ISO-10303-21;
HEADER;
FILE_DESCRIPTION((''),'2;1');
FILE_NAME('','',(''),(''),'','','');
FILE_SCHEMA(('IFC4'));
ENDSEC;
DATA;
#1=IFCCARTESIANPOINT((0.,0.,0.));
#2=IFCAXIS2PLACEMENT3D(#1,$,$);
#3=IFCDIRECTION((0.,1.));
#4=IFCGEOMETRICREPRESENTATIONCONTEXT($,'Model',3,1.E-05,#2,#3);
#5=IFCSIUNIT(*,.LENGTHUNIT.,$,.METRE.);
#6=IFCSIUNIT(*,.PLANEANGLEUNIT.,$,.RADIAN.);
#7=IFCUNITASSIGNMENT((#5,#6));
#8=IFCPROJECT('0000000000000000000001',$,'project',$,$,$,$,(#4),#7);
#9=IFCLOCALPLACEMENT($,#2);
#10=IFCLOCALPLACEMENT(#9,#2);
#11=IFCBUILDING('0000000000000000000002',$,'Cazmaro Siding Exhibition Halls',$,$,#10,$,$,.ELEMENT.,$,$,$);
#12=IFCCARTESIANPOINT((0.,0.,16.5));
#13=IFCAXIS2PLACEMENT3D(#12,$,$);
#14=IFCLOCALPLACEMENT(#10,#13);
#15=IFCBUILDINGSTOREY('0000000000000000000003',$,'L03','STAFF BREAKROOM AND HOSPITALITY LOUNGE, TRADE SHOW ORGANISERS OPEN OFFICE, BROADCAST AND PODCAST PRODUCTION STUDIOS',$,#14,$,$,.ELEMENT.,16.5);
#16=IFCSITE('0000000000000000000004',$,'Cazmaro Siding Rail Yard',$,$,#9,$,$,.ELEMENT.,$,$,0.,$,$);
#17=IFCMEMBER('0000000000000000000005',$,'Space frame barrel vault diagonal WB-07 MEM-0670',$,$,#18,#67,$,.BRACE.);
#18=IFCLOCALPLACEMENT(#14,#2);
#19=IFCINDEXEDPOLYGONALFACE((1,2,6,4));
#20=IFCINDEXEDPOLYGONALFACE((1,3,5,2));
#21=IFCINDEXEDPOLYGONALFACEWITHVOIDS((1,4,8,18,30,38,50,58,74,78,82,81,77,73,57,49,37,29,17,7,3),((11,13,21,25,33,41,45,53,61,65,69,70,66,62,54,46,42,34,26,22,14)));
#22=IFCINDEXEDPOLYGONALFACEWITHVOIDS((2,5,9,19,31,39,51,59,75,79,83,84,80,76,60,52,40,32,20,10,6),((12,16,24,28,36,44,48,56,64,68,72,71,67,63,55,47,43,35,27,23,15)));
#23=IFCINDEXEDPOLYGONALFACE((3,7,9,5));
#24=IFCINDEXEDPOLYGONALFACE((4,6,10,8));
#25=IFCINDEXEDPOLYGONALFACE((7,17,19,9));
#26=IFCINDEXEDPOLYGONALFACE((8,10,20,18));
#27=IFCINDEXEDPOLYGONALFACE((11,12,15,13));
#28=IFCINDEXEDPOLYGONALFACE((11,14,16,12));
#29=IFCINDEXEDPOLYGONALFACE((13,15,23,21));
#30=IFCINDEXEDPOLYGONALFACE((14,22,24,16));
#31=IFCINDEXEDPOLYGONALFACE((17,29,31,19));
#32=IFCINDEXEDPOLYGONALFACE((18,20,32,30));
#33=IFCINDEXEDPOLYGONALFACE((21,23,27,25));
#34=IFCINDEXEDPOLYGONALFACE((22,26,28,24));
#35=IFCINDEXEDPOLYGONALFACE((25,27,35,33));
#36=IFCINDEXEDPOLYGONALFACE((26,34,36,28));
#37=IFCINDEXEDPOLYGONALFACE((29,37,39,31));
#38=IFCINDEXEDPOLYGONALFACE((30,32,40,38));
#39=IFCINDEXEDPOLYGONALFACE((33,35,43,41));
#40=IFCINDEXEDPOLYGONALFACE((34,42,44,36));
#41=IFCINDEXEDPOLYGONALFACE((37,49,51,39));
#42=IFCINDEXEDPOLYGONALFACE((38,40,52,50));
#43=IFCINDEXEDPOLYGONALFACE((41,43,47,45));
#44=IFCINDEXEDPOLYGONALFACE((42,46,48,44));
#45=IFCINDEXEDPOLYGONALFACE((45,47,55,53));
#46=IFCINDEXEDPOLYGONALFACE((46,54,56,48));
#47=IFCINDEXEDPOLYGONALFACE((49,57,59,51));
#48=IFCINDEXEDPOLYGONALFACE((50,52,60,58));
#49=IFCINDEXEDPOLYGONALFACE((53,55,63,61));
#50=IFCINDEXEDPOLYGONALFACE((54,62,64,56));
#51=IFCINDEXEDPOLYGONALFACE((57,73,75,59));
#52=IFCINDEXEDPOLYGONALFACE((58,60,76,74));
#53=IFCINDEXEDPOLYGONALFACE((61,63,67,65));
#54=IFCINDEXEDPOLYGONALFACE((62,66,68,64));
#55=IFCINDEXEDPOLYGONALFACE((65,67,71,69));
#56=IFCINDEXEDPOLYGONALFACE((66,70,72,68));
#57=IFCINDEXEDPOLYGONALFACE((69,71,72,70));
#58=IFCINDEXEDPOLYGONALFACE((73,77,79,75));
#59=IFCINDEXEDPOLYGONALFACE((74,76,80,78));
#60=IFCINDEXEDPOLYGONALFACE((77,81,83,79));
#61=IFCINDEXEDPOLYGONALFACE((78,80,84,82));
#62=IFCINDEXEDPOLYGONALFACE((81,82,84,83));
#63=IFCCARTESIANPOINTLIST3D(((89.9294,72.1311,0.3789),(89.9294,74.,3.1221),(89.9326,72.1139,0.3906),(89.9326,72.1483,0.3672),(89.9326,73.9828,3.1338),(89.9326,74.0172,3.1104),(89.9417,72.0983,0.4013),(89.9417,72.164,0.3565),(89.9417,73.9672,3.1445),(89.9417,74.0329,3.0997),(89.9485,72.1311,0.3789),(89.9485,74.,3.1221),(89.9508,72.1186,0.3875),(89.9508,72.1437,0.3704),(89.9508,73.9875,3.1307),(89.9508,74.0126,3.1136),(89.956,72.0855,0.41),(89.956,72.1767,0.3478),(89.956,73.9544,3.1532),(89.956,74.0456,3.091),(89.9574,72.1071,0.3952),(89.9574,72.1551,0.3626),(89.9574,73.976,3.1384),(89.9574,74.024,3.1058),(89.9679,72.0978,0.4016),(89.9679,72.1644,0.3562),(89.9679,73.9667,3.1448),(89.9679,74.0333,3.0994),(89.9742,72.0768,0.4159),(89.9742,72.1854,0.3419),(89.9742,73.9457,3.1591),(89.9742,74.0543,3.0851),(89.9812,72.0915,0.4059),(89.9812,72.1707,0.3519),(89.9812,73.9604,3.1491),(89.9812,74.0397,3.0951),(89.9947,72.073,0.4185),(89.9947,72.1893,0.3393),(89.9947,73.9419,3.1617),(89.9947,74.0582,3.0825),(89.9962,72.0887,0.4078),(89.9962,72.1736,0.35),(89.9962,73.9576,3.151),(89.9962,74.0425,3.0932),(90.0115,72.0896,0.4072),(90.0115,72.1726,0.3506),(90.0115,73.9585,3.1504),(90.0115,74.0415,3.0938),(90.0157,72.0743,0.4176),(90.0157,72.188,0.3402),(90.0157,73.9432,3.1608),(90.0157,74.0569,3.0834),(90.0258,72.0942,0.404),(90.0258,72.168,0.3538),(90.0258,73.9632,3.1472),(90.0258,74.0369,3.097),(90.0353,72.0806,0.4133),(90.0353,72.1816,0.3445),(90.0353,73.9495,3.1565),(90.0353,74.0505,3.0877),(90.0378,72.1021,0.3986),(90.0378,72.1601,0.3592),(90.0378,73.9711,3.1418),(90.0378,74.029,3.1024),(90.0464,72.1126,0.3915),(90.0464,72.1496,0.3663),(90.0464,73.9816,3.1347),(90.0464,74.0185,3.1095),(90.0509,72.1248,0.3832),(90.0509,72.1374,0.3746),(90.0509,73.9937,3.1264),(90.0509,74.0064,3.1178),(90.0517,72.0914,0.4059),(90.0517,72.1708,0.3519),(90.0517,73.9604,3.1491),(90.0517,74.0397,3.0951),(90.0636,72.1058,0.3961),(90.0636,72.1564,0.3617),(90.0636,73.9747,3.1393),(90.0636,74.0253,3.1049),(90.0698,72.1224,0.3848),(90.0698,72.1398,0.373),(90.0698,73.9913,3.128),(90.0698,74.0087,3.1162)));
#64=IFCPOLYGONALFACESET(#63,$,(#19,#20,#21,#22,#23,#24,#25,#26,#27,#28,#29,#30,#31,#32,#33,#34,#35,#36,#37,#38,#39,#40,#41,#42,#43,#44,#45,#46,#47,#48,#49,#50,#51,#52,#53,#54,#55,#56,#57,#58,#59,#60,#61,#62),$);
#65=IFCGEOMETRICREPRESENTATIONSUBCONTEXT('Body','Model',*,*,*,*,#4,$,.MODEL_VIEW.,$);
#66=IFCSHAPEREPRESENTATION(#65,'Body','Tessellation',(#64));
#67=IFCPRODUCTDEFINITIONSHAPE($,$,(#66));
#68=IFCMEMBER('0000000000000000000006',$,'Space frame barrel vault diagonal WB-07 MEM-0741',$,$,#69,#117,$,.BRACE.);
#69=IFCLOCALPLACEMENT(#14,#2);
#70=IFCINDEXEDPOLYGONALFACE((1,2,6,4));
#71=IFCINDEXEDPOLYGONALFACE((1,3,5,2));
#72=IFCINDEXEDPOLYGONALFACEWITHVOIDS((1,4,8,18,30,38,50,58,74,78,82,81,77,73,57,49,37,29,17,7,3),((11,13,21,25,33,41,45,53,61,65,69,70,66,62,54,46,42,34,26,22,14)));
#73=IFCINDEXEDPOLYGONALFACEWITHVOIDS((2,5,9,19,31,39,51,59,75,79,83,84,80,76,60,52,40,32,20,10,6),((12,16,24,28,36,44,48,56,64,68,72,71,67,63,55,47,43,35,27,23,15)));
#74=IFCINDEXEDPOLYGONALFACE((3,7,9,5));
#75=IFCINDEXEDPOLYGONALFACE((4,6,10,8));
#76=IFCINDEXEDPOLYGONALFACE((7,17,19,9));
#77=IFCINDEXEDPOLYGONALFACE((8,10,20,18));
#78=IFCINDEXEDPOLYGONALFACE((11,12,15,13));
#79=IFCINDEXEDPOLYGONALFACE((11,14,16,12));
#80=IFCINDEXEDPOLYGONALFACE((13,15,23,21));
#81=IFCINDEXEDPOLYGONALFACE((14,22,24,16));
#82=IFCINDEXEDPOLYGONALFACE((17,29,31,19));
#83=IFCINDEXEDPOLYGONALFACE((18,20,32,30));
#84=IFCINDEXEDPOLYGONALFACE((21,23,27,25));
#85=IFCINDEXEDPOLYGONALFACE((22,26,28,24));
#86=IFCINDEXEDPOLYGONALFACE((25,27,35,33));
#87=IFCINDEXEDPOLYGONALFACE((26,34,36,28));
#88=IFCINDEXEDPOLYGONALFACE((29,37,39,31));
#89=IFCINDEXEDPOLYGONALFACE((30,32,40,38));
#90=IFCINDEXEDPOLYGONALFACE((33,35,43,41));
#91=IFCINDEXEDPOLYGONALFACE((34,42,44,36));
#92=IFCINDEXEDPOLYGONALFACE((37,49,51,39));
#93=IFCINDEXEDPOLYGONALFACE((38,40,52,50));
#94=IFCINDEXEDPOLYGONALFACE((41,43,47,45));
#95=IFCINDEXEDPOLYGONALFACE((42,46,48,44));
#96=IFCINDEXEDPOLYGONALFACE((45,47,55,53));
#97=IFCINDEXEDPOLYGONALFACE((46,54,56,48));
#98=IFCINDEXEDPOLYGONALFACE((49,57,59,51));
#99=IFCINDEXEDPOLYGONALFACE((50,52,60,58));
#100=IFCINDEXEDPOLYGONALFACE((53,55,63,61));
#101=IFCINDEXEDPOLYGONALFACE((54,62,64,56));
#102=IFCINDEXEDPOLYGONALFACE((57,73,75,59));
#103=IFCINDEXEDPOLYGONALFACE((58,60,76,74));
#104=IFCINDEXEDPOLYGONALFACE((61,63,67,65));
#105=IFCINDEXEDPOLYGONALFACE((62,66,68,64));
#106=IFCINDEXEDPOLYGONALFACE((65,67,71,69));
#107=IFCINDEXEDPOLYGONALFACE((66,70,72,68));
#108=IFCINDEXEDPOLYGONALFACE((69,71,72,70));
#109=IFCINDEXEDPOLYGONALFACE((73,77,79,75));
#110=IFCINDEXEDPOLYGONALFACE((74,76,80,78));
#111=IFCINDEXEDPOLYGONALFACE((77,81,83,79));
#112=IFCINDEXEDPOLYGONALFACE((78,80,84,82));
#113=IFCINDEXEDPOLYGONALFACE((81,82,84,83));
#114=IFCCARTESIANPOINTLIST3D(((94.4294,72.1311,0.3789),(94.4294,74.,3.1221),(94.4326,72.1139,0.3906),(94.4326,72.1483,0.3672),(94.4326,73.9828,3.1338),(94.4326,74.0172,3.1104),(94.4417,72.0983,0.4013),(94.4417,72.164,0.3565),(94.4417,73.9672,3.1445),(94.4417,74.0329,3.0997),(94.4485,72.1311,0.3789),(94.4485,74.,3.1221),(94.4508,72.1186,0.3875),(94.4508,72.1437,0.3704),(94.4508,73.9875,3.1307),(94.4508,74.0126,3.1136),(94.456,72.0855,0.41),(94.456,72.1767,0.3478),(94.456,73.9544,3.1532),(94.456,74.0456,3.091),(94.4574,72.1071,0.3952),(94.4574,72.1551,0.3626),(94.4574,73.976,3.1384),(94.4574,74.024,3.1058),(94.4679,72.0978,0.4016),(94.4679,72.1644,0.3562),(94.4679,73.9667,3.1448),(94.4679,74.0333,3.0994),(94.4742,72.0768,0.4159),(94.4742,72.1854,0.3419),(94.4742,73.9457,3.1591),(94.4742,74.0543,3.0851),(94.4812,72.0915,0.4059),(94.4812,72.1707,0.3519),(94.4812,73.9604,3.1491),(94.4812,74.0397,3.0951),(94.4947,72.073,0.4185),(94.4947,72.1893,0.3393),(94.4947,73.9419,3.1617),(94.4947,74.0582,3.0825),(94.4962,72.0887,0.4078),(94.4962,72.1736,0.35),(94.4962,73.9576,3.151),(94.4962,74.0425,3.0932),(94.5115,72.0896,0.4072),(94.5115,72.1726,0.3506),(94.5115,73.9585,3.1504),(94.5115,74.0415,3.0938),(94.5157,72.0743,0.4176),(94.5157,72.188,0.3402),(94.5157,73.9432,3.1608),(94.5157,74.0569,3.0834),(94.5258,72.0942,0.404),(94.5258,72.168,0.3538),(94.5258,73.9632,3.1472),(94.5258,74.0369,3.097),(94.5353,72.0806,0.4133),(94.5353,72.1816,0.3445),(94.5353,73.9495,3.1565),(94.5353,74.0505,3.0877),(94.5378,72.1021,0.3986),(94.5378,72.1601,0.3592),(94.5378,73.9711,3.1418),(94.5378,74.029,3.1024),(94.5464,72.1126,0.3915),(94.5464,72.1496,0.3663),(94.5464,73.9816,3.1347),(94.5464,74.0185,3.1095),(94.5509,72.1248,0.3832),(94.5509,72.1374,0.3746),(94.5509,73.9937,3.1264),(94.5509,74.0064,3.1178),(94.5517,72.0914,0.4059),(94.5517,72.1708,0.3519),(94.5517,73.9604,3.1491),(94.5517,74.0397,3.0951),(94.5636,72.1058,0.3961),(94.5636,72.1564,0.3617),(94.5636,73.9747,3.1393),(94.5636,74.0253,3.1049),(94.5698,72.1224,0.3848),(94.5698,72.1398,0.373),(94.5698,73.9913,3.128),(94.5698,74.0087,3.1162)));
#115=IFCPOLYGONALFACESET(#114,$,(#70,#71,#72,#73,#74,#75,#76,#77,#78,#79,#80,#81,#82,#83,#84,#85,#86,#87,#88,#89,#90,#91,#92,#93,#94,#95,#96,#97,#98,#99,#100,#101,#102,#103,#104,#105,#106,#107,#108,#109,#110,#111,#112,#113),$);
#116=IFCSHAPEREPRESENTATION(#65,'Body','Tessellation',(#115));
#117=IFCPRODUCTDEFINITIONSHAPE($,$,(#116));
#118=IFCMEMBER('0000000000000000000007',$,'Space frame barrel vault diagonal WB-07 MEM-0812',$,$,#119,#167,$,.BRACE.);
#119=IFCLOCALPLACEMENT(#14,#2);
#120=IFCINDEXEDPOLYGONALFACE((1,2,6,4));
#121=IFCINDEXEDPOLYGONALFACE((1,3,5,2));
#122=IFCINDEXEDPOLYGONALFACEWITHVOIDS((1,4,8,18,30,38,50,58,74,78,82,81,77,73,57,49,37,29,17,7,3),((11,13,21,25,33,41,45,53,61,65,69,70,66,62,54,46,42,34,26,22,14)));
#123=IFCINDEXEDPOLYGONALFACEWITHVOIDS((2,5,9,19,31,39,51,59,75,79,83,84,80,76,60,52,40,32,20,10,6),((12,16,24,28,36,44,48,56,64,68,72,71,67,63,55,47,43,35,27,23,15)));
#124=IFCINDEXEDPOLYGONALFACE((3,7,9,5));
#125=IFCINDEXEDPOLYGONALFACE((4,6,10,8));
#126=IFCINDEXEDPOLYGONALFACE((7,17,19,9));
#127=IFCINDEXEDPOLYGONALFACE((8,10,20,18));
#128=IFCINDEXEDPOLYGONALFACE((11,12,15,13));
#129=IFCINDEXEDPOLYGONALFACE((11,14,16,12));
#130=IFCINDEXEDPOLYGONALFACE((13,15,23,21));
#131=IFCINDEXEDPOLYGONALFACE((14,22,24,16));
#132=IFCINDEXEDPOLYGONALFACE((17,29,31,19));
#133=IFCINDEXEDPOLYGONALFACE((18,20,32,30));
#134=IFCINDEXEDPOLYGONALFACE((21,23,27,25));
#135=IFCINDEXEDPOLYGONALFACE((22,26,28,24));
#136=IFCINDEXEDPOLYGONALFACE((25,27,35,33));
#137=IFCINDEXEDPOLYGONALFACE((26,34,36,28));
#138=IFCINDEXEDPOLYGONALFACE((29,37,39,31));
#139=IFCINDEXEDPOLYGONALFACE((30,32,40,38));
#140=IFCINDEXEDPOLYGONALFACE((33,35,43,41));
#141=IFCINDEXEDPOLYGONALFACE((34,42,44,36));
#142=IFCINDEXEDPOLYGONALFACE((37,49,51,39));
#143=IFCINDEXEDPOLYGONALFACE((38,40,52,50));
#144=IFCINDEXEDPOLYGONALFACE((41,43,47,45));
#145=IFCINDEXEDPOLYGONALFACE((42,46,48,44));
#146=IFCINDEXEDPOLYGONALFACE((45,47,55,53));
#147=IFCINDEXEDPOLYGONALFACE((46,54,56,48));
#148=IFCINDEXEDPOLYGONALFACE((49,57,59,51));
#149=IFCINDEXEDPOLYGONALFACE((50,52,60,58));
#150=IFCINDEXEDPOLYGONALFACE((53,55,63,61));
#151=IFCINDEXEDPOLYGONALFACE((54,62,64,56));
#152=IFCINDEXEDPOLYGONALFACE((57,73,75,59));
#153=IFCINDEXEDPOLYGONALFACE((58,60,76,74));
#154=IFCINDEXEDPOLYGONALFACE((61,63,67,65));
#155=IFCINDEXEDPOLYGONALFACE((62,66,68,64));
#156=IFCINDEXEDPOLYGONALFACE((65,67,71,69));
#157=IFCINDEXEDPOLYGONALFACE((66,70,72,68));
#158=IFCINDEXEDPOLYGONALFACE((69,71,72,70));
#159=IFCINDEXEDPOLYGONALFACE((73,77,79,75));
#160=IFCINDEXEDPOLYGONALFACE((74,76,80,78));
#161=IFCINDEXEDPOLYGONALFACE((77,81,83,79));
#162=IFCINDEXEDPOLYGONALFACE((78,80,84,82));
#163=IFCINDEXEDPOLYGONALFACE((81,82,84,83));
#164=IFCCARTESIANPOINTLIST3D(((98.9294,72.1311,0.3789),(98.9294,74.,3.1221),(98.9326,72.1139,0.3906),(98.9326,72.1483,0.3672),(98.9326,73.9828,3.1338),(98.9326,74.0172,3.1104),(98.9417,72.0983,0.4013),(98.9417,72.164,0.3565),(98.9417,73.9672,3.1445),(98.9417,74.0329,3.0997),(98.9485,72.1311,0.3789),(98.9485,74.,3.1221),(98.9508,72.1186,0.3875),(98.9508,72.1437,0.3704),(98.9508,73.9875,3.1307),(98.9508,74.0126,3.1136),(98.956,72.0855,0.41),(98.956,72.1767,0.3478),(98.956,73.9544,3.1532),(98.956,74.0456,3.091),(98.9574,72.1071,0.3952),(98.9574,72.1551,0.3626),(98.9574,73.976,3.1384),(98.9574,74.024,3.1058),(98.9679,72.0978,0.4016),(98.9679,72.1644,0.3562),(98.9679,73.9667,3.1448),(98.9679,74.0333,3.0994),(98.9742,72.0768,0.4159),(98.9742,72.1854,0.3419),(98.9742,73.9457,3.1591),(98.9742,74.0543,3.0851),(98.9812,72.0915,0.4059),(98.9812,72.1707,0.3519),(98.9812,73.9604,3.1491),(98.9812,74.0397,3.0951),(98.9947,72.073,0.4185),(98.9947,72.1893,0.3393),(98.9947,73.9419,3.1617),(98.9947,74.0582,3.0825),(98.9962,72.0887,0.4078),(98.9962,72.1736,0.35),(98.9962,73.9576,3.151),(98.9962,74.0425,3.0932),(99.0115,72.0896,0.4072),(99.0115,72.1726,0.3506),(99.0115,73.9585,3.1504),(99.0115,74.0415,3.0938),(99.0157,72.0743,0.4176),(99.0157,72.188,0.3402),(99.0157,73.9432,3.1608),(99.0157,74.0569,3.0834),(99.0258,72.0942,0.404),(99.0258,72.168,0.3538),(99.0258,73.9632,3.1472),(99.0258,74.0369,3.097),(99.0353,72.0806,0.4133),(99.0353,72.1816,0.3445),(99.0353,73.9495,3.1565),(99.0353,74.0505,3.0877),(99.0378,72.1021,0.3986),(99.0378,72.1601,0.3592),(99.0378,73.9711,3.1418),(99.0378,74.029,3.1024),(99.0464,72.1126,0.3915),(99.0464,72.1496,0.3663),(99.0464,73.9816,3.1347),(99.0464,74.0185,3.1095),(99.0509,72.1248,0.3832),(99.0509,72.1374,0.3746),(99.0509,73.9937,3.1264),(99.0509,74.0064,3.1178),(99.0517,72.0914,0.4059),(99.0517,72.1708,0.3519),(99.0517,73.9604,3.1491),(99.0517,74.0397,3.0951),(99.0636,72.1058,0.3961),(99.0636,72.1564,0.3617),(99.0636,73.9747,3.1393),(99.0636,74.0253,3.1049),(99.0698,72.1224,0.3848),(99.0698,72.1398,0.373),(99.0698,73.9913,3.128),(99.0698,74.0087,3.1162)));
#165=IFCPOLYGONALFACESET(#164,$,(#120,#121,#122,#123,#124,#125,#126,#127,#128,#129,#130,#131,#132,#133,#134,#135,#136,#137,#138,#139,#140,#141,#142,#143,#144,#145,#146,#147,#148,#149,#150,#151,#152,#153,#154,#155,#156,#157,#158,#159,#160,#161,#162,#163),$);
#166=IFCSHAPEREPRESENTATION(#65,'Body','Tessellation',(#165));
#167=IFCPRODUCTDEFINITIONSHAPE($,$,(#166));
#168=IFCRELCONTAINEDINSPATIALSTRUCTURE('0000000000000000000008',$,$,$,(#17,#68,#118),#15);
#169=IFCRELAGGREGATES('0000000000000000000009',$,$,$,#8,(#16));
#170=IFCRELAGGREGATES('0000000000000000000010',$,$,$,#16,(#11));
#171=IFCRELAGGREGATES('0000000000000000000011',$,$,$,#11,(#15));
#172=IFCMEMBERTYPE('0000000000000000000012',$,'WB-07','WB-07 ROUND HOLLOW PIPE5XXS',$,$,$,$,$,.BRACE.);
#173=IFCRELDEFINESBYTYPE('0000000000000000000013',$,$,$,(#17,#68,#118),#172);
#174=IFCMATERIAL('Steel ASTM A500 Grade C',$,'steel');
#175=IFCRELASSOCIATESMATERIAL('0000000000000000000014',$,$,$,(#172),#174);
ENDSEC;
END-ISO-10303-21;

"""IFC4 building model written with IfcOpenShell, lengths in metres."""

from ifc_helpers import new_model, si_unit, direction, frame, origin, origin_2d, place, context, subcontext, project, spatial, hollow_circle, extrude, material, material_profile, profile_set, type_object, element, save


model = new_model("IFC4")

# Units and contexts
model_context = context("Model", 3, precision=1e-05, world=origin(), true_north=direction((0.0, 1.0)))
body_context = subcontext(model_context, "Body", "Model", "MODEL_VIEW")
ifc_project = project(units=[si_unit("LENGTHUNIT", "METRE"), si_unit("PLANEANGLEUNIT", "RADIAN")], contexts=[model_context])

# Site, building, storey
site_placement = place(None, origin())
site = spatial("IfcSite", under=ifc_project, at=site_placement, Name="Cazmaro Siding Rail Yard", CompositionType="ELEMENT", RefElevation=0.0)
building_placement = place(site_placement, origin())
building = spatial("IfcBuilding", under=site, at=building_placement, Name="Cazmaro Siding Exhibition Halls", CompositionType="ELEMENT")
storey_placement = place(building_placement, frame((0.0, 0.0, 16.5)))
storey = spatial("IfcBuildingStorey", under=building, at=storey_placement, Name="L03", Description="STAFF BREAKROOM AND HOSPITALITY LOUNGE, TRADE SHOW ORGANISERS OPEN OFFICE, BROADCAST AND PODCAST PRODUCTION STUDIOS", CompositionType="ELEMENT", Elevation=16.5)

# Members
ifc_material_1 = material(Name="Steel ASTM A500 Grade C", Category="steel")
ifc_material_profile_1 = material_profile(ifc_material_1, hollow_circle(Radius=0.0706, WallThickness=0.019, at=origin_2d()), Name="PIPE5XXS")
ifc_profile_set_1 = profile_set([ifc_material_profile_1], Name="Steel ASTM A500 Grade C")
member_type_1 = type_object("IfcMemberType", Name="WB-07", Description="WB-07 ROUND HOLLOW PIPE5XXS", PredefinedType="BRACE", material=ifc_profile_set_1)
for number, where, z_axis, x_axis, name in (
    (1, (90.0, 72.1311, 0.3789), (0.0, 0.56304, 0.82643), (-1.0, 0.0, 0.0), "Space frame barrel vault diagonal WB-07 MEM-0670"),
    (2, (94.5, 72.1311, 0.3789), (0.0, 0.56304, 0.82643), (-1.0, 0.0, 0.0), "Space frame barrel vault diagonal WB-07 MEM-0741"),
    (3, (99.0, 72.1311, 0.3789), (0.0, 0.56304, 0.82643), (-1.0, 0.0, 0.0), "Space frame barrel vault diagonal WB-07 MEM-0812"),
):
    element("IfcMember", number, at=place(storey_placement, frame(where, z_axis=z_axis, x_axis=x_axis)), inside=storey, type_object=member_type_1, Name=name, PredefinedType="BRACE", context=body_context, shape_type="SweptSolid", body=[
        extrude(hollow_circle(Radius=0.0706, WallThickness=0.019, at=origin_2d()), origin(), (0.0, 0.0, 1.0), 3.3193),
    ])

save(model, "model.ifc")
